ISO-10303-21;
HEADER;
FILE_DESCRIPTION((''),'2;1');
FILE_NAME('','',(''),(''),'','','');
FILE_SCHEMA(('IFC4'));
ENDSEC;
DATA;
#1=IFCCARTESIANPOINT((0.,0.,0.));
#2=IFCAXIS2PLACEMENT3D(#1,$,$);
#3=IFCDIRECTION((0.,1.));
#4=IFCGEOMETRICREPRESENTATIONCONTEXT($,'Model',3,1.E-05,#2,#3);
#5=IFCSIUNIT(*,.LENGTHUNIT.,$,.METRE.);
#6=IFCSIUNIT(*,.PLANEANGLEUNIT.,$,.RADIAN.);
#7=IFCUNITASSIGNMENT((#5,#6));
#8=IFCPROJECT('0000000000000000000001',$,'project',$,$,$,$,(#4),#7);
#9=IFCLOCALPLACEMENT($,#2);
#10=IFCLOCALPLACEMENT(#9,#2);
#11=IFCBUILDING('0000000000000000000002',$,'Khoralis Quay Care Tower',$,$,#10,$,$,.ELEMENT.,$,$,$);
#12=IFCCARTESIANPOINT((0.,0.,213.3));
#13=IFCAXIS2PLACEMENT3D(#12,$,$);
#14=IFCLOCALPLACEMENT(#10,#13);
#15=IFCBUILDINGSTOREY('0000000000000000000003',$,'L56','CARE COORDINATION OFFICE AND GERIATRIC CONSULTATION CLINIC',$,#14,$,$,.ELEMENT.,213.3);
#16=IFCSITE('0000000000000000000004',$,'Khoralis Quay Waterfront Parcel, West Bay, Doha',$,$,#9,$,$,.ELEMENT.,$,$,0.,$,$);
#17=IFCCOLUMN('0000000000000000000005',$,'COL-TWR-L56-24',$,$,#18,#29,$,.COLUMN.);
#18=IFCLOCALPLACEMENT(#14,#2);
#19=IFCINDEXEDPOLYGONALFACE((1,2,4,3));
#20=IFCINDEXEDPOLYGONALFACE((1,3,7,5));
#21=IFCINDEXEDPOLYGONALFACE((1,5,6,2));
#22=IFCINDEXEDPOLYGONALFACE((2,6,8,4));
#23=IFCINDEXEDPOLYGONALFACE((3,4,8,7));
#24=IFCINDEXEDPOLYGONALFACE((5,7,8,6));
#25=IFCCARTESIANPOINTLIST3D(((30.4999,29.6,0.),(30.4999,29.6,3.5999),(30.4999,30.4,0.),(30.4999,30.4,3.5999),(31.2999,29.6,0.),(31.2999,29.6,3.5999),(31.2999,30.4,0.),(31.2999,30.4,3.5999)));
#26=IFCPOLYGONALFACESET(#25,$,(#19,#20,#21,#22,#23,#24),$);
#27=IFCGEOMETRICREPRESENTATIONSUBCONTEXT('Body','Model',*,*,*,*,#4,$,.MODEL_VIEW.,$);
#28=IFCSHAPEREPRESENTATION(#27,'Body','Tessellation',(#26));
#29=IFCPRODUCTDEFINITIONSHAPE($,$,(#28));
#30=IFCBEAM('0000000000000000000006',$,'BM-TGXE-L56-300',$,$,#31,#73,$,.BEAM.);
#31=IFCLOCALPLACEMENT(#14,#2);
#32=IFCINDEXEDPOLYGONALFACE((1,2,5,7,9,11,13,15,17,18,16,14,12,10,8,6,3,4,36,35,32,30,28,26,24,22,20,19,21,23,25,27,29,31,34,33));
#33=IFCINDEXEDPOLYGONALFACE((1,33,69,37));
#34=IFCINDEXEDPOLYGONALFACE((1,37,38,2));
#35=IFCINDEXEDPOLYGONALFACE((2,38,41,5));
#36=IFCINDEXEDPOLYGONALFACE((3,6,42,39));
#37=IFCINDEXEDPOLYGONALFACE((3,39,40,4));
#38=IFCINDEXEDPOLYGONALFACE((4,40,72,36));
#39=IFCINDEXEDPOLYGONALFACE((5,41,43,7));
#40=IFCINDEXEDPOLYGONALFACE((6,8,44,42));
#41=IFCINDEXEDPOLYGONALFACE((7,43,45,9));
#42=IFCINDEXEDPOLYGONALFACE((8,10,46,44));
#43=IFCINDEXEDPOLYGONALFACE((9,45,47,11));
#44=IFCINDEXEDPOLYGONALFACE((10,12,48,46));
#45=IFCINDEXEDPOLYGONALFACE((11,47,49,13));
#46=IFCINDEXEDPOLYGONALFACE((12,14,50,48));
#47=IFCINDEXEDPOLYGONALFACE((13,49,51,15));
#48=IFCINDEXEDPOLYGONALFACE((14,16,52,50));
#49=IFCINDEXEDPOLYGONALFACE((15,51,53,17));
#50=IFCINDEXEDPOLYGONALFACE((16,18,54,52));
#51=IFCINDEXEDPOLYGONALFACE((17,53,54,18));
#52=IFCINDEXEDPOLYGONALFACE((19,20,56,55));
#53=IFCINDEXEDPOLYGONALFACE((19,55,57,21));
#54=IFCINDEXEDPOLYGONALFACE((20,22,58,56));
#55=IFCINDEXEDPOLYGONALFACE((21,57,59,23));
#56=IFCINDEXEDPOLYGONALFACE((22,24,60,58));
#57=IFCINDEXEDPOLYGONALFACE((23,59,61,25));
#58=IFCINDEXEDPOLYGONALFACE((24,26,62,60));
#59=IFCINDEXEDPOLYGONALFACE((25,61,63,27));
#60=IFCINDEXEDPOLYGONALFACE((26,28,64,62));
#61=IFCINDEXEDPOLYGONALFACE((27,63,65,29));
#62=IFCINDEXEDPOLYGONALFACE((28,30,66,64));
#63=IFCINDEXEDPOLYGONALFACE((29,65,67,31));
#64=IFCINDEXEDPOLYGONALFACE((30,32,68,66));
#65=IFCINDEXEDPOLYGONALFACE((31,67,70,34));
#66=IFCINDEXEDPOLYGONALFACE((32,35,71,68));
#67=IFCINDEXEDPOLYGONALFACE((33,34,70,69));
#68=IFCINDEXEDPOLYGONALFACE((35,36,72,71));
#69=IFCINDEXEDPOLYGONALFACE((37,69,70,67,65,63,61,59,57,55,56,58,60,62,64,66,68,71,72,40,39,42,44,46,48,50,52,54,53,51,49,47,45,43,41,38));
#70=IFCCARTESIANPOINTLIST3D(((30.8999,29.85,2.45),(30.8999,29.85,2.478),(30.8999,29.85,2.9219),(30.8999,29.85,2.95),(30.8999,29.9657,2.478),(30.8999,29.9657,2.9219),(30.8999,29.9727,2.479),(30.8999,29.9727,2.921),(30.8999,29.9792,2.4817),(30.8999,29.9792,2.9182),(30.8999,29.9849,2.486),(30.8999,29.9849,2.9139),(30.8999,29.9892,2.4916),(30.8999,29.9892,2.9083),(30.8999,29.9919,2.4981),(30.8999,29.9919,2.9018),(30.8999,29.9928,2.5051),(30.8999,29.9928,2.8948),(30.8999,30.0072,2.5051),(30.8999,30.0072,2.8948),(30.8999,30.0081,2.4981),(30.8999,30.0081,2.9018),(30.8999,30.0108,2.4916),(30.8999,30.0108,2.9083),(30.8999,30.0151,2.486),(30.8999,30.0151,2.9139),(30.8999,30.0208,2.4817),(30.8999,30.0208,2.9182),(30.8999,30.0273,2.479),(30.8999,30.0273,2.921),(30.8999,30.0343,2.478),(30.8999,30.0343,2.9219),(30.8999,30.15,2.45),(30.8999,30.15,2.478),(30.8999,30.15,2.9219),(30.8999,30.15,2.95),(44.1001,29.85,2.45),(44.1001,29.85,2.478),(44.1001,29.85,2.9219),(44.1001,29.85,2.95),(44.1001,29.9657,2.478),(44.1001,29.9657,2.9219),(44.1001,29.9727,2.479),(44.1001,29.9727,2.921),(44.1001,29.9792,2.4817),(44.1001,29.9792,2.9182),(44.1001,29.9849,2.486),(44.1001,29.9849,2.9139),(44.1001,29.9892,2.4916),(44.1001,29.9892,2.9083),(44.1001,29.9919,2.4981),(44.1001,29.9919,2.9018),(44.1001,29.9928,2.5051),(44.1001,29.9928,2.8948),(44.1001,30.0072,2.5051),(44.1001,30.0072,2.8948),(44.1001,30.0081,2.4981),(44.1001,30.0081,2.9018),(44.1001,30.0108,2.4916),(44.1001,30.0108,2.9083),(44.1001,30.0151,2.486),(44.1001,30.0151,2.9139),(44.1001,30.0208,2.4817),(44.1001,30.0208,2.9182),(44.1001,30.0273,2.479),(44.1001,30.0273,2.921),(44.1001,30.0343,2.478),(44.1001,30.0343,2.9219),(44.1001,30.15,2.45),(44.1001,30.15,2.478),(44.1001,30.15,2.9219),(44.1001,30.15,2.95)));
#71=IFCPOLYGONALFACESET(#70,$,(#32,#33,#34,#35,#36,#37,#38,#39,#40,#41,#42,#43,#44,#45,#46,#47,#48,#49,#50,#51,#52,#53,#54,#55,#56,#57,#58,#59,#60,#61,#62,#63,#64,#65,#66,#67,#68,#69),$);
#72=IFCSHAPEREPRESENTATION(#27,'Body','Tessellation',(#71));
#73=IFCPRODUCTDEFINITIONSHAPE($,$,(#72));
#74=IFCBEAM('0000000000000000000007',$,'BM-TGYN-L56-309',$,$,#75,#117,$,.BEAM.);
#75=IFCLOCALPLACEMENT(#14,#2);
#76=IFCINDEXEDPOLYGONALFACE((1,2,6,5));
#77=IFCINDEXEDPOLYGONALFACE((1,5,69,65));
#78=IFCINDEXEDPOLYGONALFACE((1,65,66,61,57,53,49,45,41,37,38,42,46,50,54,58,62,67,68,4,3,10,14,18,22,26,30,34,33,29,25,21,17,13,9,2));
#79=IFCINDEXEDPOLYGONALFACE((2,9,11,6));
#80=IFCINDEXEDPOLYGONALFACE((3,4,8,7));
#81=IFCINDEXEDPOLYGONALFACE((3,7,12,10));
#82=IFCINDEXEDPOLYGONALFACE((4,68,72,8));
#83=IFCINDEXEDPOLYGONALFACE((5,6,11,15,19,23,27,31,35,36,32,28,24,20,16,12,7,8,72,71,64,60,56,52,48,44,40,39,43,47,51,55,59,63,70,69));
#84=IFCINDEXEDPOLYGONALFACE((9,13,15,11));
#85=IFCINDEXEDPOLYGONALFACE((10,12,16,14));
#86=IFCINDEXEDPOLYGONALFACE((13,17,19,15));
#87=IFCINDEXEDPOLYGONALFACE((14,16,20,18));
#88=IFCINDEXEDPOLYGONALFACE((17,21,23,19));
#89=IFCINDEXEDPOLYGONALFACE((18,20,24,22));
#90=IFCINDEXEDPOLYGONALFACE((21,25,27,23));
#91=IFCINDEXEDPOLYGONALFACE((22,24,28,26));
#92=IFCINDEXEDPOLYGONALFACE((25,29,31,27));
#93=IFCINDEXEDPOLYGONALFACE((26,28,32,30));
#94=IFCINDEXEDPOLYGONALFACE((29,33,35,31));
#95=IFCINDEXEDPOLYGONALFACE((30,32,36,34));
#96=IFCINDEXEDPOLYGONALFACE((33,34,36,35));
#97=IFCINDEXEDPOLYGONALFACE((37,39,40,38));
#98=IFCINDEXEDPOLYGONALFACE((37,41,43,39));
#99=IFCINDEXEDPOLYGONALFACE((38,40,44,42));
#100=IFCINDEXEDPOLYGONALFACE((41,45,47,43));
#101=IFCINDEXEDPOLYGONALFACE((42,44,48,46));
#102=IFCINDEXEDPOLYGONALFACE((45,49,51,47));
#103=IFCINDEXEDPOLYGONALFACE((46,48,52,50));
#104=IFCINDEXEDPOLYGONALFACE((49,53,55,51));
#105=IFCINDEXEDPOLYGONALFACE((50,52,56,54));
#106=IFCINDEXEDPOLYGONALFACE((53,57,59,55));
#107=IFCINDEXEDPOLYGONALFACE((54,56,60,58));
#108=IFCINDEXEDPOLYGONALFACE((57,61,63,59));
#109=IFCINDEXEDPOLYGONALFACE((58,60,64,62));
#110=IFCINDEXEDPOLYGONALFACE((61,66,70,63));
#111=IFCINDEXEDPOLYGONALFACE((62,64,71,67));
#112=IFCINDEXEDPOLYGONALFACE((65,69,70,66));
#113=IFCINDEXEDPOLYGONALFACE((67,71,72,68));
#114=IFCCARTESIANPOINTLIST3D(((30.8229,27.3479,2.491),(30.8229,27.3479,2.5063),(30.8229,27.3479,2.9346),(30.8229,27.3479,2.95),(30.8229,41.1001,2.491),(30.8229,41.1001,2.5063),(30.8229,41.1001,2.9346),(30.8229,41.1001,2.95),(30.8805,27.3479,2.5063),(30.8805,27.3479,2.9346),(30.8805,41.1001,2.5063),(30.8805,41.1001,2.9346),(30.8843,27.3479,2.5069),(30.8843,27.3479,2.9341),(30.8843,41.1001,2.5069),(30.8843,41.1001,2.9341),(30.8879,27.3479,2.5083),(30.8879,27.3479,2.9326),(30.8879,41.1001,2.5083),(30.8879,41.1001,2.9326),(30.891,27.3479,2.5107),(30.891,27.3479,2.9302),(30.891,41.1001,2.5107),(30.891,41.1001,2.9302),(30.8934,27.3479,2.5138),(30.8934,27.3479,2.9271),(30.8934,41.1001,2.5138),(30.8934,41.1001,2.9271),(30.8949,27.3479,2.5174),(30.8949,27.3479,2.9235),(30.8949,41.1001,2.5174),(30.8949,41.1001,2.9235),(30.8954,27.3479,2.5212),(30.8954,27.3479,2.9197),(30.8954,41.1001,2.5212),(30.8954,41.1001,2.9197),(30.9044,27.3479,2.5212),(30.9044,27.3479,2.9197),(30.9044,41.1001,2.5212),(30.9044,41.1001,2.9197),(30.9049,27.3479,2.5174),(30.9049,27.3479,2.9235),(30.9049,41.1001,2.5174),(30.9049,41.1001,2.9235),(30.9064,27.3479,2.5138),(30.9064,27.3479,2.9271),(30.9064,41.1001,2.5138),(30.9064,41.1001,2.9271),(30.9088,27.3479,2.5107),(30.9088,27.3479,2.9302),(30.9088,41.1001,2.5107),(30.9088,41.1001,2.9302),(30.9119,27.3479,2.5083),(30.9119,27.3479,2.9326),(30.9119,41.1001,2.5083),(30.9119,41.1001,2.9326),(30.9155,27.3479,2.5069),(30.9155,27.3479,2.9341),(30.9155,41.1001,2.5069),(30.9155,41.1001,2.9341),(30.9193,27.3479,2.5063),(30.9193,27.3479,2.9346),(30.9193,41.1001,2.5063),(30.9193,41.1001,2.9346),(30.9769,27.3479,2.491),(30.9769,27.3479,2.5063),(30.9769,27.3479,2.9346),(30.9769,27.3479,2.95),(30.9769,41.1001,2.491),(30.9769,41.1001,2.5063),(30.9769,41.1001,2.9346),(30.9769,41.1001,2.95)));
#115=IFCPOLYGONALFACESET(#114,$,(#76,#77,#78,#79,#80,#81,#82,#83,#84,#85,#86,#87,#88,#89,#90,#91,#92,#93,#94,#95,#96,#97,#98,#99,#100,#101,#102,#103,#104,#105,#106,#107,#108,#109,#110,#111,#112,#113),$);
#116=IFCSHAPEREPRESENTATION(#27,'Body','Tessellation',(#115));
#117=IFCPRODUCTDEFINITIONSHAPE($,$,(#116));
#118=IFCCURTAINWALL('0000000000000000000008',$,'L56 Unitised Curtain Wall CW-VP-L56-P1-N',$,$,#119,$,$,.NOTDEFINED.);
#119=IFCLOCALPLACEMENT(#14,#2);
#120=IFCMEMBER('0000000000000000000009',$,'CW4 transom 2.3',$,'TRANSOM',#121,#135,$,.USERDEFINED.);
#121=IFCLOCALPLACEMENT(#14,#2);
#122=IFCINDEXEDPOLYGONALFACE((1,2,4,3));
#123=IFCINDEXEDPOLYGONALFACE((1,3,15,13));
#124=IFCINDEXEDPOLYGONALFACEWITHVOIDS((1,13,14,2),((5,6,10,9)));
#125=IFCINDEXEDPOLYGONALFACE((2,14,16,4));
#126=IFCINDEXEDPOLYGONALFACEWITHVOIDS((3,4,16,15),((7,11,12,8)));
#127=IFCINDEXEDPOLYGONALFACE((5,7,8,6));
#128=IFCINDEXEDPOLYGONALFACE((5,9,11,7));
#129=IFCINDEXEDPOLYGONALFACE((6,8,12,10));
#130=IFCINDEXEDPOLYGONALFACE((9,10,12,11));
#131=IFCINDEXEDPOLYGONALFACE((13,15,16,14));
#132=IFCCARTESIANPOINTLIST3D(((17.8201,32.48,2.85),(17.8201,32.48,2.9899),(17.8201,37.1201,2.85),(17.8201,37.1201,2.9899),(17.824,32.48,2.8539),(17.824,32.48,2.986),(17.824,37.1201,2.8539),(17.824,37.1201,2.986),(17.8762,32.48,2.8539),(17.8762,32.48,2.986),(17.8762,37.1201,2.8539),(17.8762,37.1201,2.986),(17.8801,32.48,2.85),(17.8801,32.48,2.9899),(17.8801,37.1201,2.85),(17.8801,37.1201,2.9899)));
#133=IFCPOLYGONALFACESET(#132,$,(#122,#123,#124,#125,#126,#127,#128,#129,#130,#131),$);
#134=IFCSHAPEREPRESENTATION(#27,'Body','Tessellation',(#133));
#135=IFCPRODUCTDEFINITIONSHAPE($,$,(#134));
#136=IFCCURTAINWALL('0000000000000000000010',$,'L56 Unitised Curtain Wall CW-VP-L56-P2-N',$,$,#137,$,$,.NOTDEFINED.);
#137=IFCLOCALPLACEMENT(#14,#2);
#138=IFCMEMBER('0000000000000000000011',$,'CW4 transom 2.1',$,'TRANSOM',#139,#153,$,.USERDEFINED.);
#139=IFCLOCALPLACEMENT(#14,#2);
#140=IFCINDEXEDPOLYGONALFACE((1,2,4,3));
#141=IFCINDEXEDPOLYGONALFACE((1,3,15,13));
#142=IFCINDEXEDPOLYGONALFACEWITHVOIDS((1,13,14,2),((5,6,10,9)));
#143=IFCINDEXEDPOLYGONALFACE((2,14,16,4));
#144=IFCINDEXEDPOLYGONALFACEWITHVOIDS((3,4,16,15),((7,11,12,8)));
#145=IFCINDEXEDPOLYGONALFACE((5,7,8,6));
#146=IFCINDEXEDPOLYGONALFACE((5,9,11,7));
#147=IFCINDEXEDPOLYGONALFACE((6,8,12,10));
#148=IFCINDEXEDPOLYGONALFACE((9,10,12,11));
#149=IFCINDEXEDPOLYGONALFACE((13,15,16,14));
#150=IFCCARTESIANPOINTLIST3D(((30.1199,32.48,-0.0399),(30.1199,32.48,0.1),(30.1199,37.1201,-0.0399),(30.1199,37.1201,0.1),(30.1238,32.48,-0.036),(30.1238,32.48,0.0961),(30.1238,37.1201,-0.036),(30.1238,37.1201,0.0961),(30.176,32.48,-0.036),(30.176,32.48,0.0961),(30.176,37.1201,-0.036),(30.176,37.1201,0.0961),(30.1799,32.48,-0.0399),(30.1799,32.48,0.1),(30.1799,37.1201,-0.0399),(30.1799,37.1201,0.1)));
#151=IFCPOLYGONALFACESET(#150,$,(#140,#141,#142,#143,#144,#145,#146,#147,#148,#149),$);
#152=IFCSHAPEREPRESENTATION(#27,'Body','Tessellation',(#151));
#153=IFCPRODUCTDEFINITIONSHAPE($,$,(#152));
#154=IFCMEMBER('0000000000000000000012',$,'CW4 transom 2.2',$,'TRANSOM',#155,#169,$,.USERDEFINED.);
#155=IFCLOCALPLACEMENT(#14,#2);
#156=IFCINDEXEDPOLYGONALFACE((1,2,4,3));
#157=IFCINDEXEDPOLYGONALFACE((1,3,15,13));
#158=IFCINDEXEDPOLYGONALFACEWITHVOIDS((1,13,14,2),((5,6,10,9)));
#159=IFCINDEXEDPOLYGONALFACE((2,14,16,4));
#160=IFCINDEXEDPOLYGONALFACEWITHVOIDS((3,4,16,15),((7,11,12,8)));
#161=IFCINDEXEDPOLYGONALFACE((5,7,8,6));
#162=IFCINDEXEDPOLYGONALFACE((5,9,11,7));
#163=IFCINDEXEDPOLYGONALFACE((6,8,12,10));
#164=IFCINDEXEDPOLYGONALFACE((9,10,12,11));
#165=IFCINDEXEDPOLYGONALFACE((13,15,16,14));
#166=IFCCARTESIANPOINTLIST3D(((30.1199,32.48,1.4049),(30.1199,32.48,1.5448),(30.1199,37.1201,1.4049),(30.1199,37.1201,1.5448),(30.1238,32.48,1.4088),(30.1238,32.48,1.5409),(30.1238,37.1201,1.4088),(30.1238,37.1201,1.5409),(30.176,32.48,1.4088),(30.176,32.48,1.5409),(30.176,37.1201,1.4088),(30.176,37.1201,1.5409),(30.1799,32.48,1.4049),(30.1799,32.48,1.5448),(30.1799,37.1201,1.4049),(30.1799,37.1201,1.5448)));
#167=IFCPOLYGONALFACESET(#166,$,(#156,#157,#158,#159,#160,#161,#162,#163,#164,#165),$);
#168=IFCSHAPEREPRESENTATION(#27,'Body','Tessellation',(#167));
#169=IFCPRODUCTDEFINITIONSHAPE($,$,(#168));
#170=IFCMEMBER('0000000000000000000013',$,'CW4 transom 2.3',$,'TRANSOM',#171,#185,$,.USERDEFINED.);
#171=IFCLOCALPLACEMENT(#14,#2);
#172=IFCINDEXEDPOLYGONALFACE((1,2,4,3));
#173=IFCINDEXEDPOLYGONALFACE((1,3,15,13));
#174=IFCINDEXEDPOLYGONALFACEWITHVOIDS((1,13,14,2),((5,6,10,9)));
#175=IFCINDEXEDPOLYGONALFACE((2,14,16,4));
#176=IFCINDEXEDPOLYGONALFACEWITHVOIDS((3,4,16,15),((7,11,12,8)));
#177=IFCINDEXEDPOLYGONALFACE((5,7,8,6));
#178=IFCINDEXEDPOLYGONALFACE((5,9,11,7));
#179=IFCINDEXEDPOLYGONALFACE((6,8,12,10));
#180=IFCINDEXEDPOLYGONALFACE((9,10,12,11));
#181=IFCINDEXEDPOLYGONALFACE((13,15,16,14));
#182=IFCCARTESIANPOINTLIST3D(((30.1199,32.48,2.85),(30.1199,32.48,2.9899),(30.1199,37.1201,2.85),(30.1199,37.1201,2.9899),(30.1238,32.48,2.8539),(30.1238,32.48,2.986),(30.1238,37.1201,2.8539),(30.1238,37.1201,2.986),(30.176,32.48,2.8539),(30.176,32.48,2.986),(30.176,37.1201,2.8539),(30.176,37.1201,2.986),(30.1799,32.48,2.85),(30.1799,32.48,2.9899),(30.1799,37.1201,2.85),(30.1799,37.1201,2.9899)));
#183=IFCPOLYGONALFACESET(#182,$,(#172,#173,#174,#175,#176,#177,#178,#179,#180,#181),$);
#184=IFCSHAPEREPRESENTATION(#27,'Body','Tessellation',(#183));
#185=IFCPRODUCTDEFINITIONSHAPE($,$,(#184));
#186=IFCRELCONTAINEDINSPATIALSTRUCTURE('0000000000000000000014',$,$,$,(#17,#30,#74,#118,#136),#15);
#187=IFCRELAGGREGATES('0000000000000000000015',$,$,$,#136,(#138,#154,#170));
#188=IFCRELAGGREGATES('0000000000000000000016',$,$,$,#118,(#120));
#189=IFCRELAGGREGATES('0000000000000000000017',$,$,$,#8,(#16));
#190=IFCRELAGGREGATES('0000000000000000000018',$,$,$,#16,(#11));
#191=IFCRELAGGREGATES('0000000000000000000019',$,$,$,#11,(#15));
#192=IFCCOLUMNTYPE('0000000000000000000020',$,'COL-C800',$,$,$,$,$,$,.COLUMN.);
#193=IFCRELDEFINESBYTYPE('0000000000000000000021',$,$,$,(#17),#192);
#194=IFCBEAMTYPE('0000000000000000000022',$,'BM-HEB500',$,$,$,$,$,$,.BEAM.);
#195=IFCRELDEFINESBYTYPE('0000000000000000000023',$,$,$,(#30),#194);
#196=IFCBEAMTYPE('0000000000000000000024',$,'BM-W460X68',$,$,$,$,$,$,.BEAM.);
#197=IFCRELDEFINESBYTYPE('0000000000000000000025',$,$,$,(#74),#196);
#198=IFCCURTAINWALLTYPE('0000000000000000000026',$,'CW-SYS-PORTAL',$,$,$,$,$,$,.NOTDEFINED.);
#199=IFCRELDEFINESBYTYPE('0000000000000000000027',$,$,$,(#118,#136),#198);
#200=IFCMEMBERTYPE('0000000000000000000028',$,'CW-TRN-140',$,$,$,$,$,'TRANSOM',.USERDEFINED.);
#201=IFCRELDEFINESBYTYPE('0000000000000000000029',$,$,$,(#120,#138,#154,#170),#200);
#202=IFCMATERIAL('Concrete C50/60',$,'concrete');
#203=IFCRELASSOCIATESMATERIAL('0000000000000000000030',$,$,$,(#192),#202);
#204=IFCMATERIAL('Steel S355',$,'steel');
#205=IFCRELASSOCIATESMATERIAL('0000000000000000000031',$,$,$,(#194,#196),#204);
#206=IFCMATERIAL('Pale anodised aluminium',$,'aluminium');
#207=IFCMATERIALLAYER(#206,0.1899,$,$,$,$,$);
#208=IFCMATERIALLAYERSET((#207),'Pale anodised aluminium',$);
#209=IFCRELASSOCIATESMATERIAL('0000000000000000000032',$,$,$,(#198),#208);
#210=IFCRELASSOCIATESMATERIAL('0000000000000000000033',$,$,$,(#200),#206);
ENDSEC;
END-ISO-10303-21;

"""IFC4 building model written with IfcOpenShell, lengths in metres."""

from ifc_helpers import new_model, si_unit, direction, frame, origin, origin_2d, place, context, subcontext, project, spatial, rectangle, hollow_rectangle, i_section, extrude, source, transform, mapped, material, layer, layer_set, material_profile, profile_set, type_object, element, aggregate, save


model = new_model("IFC4")

# Units and contexts
model_context = context("Model", 3, precision=1e-05, world=origin(), true_north=direction((0.0, 1.0)))
body_context = subcontext(model_context, "Body", "Model", "MODEL_VIEW")
ifc_project = project(units=[si_unit("LENGTHUNIT", "METRE"), si_unit("PLANEANGLEUNIT", "RADIAN")], contexts=[model_context])

# Site, building, storey
site_placement = place(None, origin())
site = spatial("IfcSite", under=ifc_project, at=site_placement, Name="Khoralis Quay Waterfront Parcel, West Bay, Doha", CompositionType="ELEMENT", RefElevation=0.0)
building_placement = place(site_placement, origin())
building = spatial("IfcBuilding", under=site, at=building_placement, Name="Khoralis Quay Care Tower", CompositionType="ELEMENT")
storey_placement = place(building_placement, frame((0.0, 0.0, 213.3)))
storey = spatial("IfcBuildingStorey", under=building, at=storey_placement, Name="L56", Description="CARE COORDINATION OFFICE AND GERIATRIC CONSULTATION CLINIC", CompositionType="ELEMENT", Elevation=213.3)

# Column
ifc_material_1 = material(Name="Concrete C50/60", Category="concrete")
ifc_material_profile_1 = material_profile(ifc_material_1, rectangle(XDim=0.8, YDim=0.8, at=origin_2d()), Name="Concrete C50/60")
ifc_profile_set_1 = profile_set([ifc_material_profile_1], Name="Concrete C50/60")
column_type = type_object("IfcColumnType", Name="COL-C800", PredefinedType="COLUMN", material=ifc_profile_set_1)
shared_shape_1 = source(origin(), body_context, "Body", "SweptSolid", [
    extrude(rectangle(XDim=0.8, YDim=0.8, at=origin_2d()), origin(), (0.0, 0.0, 1.0), 3.5999),
])
column_placement = place(storey_placement, frame((30.8999, 30.0, 0.0), z_axis=(0.0, 0.0, 1.0), x_axis=(1.0, 0.0, 0.0)))
element("IfcColumn", 1, at=column_placement, inside=storey, type_object=column_type, Name="COL-TWR-L56-24", PredefinedType="COLUMN", context=body_context, shape_type="MappedRepresentation", body=[
    mapped(shared_shape_1, transform((0.0, 0.0, 0.0), scale=1.0)),
])

# Beams
ifc_material_2 = material(Name="Steel S355", Category="steel")
ifc_material_profile_2 = material_profile(ifc_material_2, i_section(OverallWidth=0.3, OverallDepth=0.5, WebThickness=0.0144, FlangeThickness=0.0281, FilletRadius=0.0271, at=origin_2d()), Name="Steel S355")
ifc_profile_set_2 = profile_set([ifc_material_profile_2], Name="Steel S355")
beam_type_1 = type_object("IfcBeamType", Name="BM-HEB500", PredefinedType="BEAM", material=ifc_profile_set_2)
shared_shape_2 = source(origin(), body_context, "Body", "SweptSolid", [
    extrude(i_section(OverallWidth=0.3, OverallDepth=0.5, WebThickness=0.0144, FlangeThickness=0.0281, FilletRadius=0.0271, at=origin_2d()), origin(), (0.0, 0.0, 1.0), 13.2002),
])
beam_1_placement = place(storey_placement, frame((30.8999, 30.0, 2.7), z_axis=(1.0, 0.0, 0.0), x_axis=(0.0, 1.0, 0.0)))
element("IfcBeam", 2, at=beam_1_placement, inside=storey, type_object=beam_type_1, Name="BM-TGXE-L56-300", PredefinedType="BEAM", context=body_context, shape_type="MappedRepresentation", body=[
    mapped(shared_shape_2, transform((0.0, 0.0, 0.0), scale=1.0)),
])
ifc_material_profile_3 = material_profile(ifc_material_2, i_section(OverallWidth=0.1541, OverallDepth=0.459, WebThickness=0.009, FlangeThickness=0.0154, FilletRadius=0.0149, at=origin_2d()), Name="Steel S355")
ifc_profile_set_3 = profile_set([ifc_material_profile_3], Name="Steel S355")
beam_type_2 = type_object("IfcBeamType", Name="BM-W460X68", PredefinedType="BEAM", material=ifc_profile_set_3)
shared_shape_3 = source(origin(), body_context, "Body", "SweptSolid", [
    extrude(i_section(OverallWidth=0.1541, OverallDepth=0.459, WebThickness=0.009, FlangeThickness=0.0154, FilletRadius=0.0149, at=origin_2d()), origin(), (0.0, 0.0, 1.0), 13.7522),
])
beam_2_placement = place(storey_placement, frame((30.8999, 27.3479, 2.7205), z_axis=(0.0, 1.0, 0.0), x_axis=(-1.0, 0.0, 0.0)))
element("IfcBeam", 3, at=beam_2_placement, inside=storey, type_object=beam_type_2, Name="BM-TGYN-L56-309", PredefinedType="BEAM", context=body_context, shape_type="MappedRepresentation", body=[
    mapped(shared_shape_3, transform((0.0, 0.0, 0.0), scale=1.0)),
])

# Curtain wall, member
ifc_material_3 = material(Name="Pale anodised aluminium", Category="aluminium")
ifc_layer_1 = layer(ifc_material_3, 0.1899)
ifc_layer_set_1 = layer_set([ifc_layer_1], Name="Pale anodised aluminium")
curtain_wall_type = type_object("IfcCurtainWallType", Name="CW-SYS-PORTAL", PredefinedType="NOTDEFINED", material=ifc_layer_set_1)
curtain_wall_1_placement = place(storey_placement, origin())
curtain_wall_1 = element("IfcCurtainWall", 4, at=curtain_wall_1_placement, inside=storey, type_object=curtain_wall_type, Name="L56 Unitised Curtain Wall CW-VP-L56-P1-N", PredefinedType="NOTDEFINED")
ifc_material_profile_4 = material_profile(ifc_material_3, hollow_rectangle(XDim=0.0601, YDim=0.1399, WallThickness=0.0039, at=origin_2d()), Name="Pale anodised aluminium")
ifc_profile_set_4 = profile_set([ifc_material_profile_4], Name="Pale anodised aluminium")
member_type_1 = type_object("IfcMemberType", Name="CW-TRN-140", ElementType="TRANSOM", PredefinedType="USERDEFINED", material=ifc_profile_set_4)
shared_shape_4 = source(origin(), body_context, "Body", "SweptSolid", [
    extrude(hollow_rectangle(XDim=0.0601, YDim=0.1399, WallThickness=0.0039, at=origin_2d()), origin(), (0.0, 0.0, 1.0), 4.6401),
])
member_1_placement = place(storey_placement, frame((17.8501, 32.48, 2.9199), z_axis=(0.0, 1.0, 0.0), x_axis=(-1.0, 0.0, 0.0)))
member_1 = element("IfcMember", 5, at=member_1_placement, type_object=member_type_1, Name="CW4 transom 2.3", ObjectType="TRANSOM", PredefinedType="USERDEFINED", context=body_context, shape_type="MappedRepresentation", body=[
    mapped(shared_shape_4, transform((0.0, 0.0, 0.0), scale=1.0)),
])

# Curtain wall, members
curtain_wall_2_placement = place(storey_placement, origin())
curtain_wall_2 = element("IfcCurtainWall", 6, at=curtain_wall_2_placement, inside=storey, type_object=curtain_wall_type, Name="L56 Unitised Curtain Wall CW-VP-L56-P2-N", PredefinedType="NOTDEFINED")
member_2_placement = place(storey_placement, frame((30.1499, 32.48, 0.03), z_axis=(0.0, 1.0, 0.0), x_axis=(-1.0, 0.0, 0.0)))
member_2 = element("IfcMember", 7, at=member_2_placement, type_object=member_type_1, Name="CW4 transom 2.1", ObjectType="TRANSOM", PredefinedType="USERDEFINED", context=body_context, shape_type="MappedRepresentation", body=[
    mapped(shared_shape_4, transform((0.0, 0.0, 0.0), scale=1.0)),
])
member_3_placement = place(storey_placement, frame((30.1499, 32.48, 1.4749), z_axis=(0.0, 1.0, 0.0), x_axis=(-1.0, 0.0, 0.0)))
member_3 = element("IfcMember", 8, at=member_3_placement, type_object=member_type_1, Name="CW4 transom 2.2", ObjectType="TRANSOM", PredefinedType="USERDEFINED", context=body_context, shape_type="MappedRepresentation", body=[
    mapped(shared_shape_4, transform((0.0, 0.0, 0.0), scale=1.0)),
])
member_4_placement = place(storey_placement, frame((30.1499, 32.48, 2.9199), z_axis=(0.0, 1.0, 0.0), x_axis=(-1.0, 0.0, 0.0)))
member_4 = element("IfcMember", 9, at=member_4_placement, type_object=member_type_1, Name="CW4 transom 2.3", ObjectType="TRANSOM", PredefinedType="USERDEFINED", context=body_context, shape_type="MappedRepresentation", body=[
    mapped(shared_shape_4, transform((0.0, 0.0, 0.0), scale=1.0)),
])
aggregate(curtain_wall_2, [member_2, member_3, member_4])

aggregate(curtain_wall_1, [member_1])

save(model, "model.ifc")
